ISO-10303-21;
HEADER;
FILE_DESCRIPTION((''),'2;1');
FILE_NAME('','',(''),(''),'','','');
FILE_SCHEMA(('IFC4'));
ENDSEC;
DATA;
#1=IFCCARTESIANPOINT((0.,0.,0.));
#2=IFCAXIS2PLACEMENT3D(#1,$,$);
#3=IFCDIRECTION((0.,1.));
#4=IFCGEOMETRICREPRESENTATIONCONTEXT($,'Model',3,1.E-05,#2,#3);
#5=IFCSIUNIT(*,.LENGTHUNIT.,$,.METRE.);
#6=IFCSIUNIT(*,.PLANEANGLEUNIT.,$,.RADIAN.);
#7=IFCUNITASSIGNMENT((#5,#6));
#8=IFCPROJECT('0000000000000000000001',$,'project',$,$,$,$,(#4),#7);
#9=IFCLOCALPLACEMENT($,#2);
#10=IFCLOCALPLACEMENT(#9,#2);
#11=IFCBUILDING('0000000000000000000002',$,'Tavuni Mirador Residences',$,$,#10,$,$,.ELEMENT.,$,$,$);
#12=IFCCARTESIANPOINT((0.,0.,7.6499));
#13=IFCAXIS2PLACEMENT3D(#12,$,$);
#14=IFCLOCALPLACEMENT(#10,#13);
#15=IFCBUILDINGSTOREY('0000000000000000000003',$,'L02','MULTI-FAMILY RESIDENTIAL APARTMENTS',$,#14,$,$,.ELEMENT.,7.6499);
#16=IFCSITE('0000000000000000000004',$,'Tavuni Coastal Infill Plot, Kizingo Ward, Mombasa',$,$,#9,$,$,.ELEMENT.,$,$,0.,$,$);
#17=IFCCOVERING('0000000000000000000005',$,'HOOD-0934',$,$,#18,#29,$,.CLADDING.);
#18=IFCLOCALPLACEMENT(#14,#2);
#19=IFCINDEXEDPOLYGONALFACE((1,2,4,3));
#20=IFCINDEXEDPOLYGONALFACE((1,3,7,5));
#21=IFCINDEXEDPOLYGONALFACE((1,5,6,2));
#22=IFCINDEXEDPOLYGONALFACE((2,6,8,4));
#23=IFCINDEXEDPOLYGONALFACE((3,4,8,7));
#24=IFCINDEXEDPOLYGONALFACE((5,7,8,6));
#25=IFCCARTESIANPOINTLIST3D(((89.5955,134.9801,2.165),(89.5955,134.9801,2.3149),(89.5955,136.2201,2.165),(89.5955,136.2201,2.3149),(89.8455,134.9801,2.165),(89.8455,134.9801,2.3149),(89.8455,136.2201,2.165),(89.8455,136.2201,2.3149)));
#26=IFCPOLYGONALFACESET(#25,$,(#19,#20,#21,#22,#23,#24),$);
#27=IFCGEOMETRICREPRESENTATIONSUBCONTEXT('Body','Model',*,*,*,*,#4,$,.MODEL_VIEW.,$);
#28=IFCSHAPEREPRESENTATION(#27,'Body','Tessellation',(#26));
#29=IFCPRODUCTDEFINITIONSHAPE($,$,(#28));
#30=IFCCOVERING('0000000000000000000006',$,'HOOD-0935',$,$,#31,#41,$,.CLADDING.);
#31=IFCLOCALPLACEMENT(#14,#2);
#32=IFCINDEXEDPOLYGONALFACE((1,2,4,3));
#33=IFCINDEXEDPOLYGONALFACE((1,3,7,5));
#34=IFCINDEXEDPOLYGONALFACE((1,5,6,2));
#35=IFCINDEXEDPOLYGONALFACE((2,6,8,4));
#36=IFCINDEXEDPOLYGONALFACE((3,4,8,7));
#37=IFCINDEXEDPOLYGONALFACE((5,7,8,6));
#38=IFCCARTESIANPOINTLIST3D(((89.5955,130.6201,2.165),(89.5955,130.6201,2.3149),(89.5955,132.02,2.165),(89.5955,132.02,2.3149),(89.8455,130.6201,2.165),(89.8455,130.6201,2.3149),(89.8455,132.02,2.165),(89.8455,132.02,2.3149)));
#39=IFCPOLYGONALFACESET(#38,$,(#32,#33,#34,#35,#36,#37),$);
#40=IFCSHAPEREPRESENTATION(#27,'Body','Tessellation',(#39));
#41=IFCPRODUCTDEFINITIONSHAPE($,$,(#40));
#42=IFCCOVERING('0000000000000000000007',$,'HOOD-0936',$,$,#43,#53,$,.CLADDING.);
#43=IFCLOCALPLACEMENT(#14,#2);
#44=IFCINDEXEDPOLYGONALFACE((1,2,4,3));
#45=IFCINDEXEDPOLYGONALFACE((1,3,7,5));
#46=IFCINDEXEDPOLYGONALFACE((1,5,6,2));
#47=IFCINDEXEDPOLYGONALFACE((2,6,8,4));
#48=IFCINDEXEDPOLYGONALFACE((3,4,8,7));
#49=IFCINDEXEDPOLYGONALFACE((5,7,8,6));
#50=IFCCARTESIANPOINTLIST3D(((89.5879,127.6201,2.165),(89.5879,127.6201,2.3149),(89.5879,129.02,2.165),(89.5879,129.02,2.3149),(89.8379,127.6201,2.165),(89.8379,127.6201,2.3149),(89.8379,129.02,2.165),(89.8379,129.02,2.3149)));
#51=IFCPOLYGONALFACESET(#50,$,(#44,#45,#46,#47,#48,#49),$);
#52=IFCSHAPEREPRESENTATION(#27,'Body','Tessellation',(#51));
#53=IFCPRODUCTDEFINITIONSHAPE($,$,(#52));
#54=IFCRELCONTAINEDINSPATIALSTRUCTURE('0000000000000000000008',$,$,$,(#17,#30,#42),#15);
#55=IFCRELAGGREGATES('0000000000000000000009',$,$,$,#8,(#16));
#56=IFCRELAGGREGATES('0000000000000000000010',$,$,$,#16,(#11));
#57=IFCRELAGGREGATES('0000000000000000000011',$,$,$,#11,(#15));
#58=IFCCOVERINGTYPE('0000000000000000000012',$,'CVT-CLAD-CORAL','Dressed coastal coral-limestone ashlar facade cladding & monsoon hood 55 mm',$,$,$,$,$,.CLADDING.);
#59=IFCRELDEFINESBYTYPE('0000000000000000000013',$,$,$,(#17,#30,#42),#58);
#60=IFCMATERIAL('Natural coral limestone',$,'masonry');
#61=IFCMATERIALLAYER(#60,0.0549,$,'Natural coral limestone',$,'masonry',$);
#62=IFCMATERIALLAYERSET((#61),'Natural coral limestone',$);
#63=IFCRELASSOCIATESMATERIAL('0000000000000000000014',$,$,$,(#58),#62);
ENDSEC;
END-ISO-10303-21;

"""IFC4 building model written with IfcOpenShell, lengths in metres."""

from ifc_helpers import new_model, si_unit, direction, frame, origin, origin_2d, place, context, subcontext, project, spatial, rectangle, extrude, material, layer, layer_set, type_object, element, save


model = new_model("IFC4")

# Units and contexts
model_context = context("Model", 3, precision=1e-05, world=origin(), true_north=direction((0.0, 1.0)))
body_context = subcontext(model_context, "Body", "Model", "MODEL_VIEW")
ifc_project = project(units=[si_unit("LENGTHUNIT", "METRE"), si_unit("PLANEANGLEUNIT", "RADIAN")], contexts=[model_context])

# Site, building, storey
site_placement = place(None, origin())
site = spatial("IfcSite", under=ifc_project, at=site_placement, Name="Tavuni Coastal Infill Plot, Kizingo Ward, Mombasa", CompositionType="ELEMENT", RefElevation=0.0)
building_placement = place(site_placement, origin())
building = spatial("IfcBuilding", under=site, at=building_placement, Name="Tavuni Mirador Residences", CompositionType="ELEMENT")
storey_placement = place(building_placement, frame((0.0, 0.0, 7.6499)))
storey = spatial("IfcBuildingStorey", under=building, at=storey_placement, Name="L02", Description="MULTI-FAMILY RESIDENTIAL APARTMENTS", CompositionType="ELEMENT", Elevation=7.6499)

# Coverings
ifc_material_1 = material(Name="Natural coral limestone", Category="masonry")
ifc_layer_1 = layer(ifc_material_1, 0.0549, Name="Natural coral limestone", Category="masonry")
ifc_layer_set_1 = layer_set([ifc_layer_1], Name="Natural coral limestone")
covering_type = type_object("IfcCoveringType", Name="CVT-CLAD-CORAL", Description="Dressed coastal coral-limestone ashlar facade cladding & monsoon hood 55 mm", PredefinedType="CLADDING", material=ifc_layer_set_1)
covering_placement = place(storey_placement, frame((89.7205, 135.6001, 2.165), z_axis=(0.0, 0.0, 1.0), x_axis=(0.0, -1.0, 0.0)))
element("IfcCovering", 1, at=covering_placement, inside=storey, type_object=covering_type, Name="HOOD-0934", PredefinedType="CLADDING", context=body_context, shape_type="SweptSolid", body=[
    extrude(rectangle(XDim=1.24, YDim=0.25, at=origin_2d()), origin(), (0.0, 0.0, 1.0), 0.1499),
])
for number, where, z_axis, x_axis, name in (
    (2, (89.7205, 131.3201, 2.165), (0.0, 0.0, 1.0), (0.0, -1.0, 0.0), "HOOD-0935"),
    (3, (89.7129, 128.3201, 2.165), (0.0, 0.0, 1.0), (0.0, -1.0, 0.0), "HOOD-0936"),
):
    element("IfcCovering", number, at=place(storey_placement, frame(where, z_axis=z_axis, x_axis=x_axis)), inside=storey, type_object=covering_type, Name=name, PredefinedType="CLADDING", context=body_context, shape_type="SweptSolid", body=[
        extrude(rectangle(XDim=1.3999, YDim=0.25, at=origin_2d()), origin(), (0.0, 0.0, 1.0), 0.1499),
    ])

save(model, "model.ifc")
